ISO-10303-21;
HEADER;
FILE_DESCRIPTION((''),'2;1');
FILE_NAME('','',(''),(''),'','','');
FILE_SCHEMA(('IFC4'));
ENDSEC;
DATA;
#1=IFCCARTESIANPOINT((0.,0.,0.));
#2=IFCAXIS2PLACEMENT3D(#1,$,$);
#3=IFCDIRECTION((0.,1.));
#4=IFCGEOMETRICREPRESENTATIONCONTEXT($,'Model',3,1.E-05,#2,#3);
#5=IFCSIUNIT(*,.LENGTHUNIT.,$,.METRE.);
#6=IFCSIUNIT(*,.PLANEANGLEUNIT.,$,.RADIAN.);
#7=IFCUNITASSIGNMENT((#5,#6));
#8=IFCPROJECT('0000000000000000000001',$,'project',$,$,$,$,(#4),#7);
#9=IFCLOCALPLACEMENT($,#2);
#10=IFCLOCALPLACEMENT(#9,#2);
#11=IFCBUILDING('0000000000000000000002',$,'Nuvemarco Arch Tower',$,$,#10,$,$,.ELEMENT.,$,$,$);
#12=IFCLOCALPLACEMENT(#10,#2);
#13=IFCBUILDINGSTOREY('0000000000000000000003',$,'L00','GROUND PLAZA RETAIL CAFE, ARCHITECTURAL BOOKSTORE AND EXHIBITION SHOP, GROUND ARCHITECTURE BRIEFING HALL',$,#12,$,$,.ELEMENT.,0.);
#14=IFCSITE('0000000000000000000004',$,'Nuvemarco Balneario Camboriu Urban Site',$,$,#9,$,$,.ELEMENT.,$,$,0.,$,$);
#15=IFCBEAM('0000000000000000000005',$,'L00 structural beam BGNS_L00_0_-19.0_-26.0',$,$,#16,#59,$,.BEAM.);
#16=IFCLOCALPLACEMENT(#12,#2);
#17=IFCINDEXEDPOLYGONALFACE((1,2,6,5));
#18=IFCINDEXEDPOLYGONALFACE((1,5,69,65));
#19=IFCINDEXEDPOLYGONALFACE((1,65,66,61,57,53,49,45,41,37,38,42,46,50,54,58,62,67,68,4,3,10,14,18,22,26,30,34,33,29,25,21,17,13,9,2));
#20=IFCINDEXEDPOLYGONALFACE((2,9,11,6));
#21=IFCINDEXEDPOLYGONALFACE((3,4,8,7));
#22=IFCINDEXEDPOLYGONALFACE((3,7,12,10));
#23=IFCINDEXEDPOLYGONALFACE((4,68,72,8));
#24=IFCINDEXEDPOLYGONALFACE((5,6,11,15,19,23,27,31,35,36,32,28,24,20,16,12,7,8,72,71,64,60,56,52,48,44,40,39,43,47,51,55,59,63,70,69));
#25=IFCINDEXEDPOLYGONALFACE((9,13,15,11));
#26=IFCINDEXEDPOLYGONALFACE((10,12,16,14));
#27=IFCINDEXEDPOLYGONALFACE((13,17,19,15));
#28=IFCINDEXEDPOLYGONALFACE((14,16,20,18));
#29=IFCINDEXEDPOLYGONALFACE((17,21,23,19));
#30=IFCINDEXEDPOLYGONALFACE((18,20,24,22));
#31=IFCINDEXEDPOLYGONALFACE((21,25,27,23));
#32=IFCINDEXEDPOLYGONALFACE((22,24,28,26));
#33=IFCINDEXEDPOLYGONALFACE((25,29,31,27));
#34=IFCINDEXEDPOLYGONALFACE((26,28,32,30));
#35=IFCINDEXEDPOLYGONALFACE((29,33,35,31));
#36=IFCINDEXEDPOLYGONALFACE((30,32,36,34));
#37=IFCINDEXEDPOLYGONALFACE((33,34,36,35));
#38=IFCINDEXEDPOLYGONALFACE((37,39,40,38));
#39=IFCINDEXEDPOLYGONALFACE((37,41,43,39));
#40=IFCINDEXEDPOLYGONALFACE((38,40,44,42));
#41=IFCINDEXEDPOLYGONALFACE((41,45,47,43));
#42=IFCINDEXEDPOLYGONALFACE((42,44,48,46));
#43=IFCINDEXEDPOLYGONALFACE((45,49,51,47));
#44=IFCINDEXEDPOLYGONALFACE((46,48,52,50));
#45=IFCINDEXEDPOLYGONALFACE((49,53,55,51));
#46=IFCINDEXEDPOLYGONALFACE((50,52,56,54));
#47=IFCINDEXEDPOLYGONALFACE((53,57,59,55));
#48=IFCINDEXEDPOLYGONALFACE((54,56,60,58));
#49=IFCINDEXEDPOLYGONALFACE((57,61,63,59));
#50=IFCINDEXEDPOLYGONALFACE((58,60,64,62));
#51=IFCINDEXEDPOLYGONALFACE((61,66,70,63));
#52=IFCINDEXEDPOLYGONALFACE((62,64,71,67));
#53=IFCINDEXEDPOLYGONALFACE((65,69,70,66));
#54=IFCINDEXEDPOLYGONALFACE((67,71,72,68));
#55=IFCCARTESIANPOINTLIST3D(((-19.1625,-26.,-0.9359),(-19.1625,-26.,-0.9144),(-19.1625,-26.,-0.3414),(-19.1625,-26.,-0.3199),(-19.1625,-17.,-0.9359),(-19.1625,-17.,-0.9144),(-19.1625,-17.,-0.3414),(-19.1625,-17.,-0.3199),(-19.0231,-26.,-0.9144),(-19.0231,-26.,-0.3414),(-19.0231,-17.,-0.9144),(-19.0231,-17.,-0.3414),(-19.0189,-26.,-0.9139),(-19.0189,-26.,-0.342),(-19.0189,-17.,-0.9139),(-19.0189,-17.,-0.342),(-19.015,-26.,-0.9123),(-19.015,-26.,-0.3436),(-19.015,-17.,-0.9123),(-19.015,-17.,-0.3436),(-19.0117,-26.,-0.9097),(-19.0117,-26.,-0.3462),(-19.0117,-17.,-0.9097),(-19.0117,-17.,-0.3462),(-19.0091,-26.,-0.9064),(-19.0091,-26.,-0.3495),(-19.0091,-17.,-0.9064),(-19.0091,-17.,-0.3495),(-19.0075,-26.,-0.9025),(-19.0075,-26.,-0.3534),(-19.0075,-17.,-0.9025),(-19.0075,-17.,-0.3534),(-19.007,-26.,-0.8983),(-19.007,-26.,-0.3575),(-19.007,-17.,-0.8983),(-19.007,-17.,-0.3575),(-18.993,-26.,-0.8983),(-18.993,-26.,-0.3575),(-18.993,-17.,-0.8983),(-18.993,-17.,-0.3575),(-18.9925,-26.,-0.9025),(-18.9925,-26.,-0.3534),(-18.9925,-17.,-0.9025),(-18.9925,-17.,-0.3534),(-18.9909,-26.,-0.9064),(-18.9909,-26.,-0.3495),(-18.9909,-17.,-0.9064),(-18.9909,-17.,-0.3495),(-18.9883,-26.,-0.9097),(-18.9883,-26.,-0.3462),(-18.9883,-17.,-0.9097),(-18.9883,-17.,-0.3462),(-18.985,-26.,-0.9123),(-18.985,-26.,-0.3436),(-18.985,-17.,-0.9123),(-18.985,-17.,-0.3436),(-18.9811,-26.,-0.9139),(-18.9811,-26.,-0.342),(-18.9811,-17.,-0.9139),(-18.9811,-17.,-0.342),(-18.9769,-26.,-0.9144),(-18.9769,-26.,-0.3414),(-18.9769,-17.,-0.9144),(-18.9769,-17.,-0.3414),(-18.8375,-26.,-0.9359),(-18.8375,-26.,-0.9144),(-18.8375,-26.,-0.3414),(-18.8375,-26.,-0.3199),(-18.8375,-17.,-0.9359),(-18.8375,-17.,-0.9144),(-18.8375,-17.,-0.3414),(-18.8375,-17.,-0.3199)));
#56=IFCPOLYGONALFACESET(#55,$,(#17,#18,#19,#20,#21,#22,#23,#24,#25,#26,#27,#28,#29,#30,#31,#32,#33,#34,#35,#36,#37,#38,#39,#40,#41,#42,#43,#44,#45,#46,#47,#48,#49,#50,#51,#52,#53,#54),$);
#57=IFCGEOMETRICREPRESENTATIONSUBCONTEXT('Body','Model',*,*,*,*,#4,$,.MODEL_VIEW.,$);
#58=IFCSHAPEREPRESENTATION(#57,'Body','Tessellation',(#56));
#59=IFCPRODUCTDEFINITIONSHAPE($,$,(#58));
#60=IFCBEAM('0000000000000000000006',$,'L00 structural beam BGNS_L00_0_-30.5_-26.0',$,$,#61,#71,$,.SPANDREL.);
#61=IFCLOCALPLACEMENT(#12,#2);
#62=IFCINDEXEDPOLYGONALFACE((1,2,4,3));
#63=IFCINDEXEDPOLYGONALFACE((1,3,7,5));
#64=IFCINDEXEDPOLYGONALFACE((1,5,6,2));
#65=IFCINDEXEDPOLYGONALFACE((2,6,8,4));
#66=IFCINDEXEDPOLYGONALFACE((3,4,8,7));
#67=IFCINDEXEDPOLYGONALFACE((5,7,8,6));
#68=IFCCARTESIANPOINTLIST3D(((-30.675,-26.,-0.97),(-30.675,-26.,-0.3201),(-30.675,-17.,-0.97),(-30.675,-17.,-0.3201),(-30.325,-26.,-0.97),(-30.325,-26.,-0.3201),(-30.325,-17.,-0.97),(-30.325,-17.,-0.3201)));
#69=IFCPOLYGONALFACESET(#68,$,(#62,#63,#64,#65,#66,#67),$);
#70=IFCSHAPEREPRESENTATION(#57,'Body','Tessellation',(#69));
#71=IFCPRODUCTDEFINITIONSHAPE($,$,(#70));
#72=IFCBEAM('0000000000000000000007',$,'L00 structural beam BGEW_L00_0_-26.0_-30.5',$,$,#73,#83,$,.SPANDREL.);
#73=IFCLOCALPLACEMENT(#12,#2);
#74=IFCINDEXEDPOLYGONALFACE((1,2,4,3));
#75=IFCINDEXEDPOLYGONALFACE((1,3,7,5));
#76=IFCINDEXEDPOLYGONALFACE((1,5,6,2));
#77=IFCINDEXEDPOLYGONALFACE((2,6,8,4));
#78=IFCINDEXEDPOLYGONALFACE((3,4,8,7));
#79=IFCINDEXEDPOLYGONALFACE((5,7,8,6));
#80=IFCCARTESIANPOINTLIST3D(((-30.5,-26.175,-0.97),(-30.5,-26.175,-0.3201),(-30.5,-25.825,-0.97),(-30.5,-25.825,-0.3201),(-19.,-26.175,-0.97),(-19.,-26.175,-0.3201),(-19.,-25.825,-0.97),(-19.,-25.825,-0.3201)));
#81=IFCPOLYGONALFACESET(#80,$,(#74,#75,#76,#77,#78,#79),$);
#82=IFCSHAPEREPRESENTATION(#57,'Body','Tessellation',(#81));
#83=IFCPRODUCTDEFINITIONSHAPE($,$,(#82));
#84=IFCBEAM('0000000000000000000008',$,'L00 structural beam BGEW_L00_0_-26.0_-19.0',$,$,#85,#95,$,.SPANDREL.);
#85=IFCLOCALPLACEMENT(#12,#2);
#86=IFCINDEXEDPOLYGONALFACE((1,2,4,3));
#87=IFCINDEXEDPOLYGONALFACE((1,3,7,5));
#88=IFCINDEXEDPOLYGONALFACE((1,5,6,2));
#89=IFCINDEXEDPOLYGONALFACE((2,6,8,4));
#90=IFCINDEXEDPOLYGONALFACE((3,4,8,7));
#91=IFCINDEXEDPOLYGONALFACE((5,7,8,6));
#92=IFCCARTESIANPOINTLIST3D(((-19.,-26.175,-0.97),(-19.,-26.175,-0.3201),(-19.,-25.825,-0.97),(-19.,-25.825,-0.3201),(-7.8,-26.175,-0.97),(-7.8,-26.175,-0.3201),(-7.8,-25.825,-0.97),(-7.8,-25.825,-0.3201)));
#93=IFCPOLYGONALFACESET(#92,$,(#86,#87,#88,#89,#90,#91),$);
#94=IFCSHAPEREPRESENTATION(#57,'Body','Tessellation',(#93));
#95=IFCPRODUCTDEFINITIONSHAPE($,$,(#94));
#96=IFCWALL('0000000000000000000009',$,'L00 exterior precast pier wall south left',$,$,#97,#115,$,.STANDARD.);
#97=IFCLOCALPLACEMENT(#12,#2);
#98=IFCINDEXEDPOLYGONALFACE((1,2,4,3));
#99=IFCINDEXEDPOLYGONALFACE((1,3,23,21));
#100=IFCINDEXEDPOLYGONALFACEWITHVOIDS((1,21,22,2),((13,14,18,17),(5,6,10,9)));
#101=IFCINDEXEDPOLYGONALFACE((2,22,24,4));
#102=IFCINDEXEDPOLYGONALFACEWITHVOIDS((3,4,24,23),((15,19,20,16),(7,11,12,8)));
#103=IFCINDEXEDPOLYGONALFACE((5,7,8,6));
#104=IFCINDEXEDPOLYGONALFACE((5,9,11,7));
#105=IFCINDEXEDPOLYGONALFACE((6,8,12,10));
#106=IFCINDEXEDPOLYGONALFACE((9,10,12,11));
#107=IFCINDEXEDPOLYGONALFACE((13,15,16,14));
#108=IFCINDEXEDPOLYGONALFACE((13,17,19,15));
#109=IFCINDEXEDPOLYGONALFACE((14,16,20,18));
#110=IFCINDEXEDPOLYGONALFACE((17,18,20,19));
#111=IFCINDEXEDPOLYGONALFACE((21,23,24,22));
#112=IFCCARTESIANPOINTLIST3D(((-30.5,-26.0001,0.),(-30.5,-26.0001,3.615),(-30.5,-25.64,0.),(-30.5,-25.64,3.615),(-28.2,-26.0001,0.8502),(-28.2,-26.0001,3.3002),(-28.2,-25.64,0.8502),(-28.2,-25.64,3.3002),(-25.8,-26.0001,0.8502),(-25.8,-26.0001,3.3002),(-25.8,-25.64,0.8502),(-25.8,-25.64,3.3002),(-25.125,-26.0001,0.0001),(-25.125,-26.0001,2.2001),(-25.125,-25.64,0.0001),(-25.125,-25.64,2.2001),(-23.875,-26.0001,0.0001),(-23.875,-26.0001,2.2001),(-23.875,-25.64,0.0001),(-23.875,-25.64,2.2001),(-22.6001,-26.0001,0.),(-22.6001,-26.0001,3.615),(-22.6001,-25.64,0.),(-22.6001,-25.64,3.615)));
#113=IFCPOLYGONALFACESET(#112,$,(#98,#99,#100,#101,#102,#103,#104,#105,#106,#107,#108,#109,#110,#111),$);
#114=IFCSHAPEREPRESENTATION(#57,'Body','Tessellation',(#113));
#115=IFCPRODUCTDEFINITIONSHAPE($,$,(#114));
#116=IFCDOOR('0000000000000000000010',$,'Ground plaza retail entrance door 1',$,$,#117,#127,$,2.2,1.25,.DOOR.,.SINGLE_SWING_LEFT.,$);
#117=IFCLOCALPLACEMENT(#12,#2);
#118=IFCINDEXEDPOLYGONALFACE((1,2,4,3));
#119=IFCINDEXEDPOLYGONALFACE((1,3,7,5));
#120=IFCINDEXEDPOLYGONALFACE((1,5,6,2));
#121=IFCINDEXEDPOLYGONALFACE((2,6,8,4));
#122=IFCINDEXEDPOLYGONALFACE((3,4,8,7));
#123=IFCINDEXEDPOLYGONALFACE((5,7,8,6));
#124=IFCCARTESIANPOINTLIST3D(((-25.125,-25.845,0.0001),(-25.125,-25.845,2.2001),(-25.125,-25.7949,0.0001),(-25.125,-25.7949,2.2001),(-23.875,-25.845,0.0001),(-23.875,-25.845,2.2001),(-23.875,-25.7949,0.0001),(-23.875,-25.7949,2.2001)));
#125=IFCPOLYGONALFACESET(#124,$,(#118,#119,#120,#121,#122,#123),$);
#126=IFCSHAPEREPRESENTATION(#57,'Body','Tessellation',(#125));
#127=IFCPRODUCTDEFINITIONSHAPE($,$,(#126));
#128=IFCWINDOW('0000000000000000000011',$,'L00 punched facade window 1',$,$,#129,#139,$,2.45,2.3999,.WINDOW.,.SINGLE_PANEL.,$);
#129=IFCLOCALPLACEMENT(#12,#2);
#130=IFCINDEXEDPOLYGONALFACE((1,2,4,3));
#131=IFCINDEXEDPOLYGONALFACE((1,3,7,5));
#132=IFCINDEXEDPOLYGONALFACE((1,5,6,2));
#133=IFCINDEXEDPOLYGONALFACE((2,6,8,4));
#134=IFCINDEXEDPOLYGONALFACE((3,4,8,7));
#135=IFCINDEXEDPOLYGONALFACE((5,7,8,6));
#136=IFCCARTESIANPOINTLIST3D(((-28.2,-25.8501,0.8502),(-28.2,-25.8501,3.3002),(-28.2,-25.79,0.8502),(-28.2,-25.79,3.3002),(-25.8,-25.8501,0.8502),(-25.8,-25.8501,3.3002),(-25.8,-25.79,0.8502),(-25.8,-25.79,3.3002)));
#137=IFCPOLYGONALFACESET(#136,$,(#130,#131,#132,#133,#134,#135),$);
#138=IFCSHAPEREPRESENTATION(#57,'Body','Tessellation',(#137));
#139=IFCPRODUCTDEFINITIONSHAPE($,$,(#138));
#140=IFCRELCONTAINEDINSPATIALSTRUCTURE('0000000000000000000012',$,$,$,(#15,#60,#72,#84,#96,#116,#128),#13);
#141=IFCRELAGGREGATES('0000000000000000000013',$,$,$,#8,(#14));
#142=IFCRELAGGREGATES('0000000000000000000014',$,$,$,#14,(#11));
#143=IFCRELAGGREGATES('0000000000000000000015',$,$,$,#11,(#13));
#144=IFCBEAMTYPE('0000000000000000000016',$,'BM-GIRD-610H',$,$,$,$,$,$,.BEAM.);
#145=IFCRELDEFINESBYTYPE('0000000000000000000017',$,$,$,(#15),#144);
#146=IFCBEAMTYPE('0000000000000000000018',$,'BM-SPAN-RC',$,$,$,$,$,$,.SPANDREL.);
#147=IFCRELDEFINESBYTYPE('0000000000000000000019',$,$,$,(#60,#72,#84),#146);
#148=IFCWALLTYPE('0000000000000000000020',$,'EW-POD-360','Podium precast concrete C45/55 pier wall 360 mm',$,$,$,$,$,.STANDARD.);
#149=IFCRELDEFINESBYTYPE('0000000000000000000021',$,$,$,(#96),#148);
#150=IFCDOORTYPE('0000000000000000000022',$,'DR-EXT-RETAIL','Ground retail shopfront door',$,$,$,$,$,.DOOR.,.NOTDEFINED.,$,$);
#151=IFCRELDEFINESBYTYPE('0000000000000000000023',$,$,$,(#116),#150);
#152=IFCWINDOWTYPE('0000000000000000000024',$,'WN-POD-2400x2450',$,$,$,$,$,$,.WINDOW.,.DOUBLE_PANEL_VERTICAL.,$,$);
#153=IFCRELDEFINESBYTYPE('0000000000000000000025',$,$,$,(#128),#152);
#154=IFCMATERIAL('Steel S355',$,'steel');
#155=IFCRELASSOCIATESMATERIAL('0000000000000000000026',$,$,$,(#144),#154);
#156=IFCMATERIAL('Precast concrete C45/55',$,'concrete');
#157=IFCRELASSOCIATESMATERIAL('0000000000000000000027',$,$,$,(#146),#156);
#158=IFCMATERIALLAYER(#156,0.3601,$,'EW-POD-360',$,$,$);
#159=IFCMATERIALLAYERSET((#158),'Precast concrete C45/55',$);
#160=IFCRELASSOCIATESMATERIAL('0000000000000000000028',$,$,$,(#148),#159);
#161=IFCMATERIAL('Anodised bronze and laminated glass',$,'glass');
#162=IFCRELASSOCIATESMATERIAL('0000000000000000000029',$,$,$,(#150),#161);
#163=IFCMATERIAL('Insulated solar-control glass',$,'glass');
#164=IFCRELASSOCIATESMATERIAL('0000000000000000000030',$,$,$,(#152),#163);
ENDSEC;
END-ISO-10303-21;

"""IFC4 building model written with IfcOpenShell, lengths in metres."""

from ifc_helpers import new_model, si_unit, direction, frame, frame_2d, origin, origin_2d, place, context, subcontext, project, spatial, rectangle, i_section, extrude, source, transform, mapped, material, layer, layer_set, material_profile, profile_set, type_object, type_shapes, element, fill, save


model = new_model("IFC4")

# Units and contexts
model_context = context("Model", 3, precision=1e-05, world=origin(), true_north=direction((0.0, 1.0)))
body_context = subcontext(model_context, "Body", "Model", "MODEL_VIEW")
ifc_project = project(units=[si_unit("LENGTHUNIT", "METRE"), si_unit("PLANEANGLEUNIT", "RADIAN")], contexts=[model_context])

# Site, building, storey
site_placement = place(None, origin())
site = spatial("IfcSite", under=ifc_project, at=site_placement, Name="Nuvemarco Balneario Camboriu Urban Site", CompositionType="ELEMENT", RefElevation=0.0)
building_placement = place(site_placement, origin())
building = spatial("IfcBuilding", under=site, at=building_placement, Name="Nuvemarco Arch Tower", CompositionType="ELEMENT")
storey_placement = place(building_placement, origin())
storey = spatial("IfcBuildingStorey", under=building, at=storey_placement, Name="L00", Description="GROUND PLAZA RETAIL CAFE, ARCHITECTURAL BOOKSTORE AND EXHIBITION SHOP, GROUND ARCHITECTURE BRIEFING HALL", CompositionType="ELEMENT", Elevation=0.0)

# Beams
ifc_material_1 = material(Name="Steel S355", Category="steel")
ifc_material_profile_1 = material_profile(ifc_material_1, i_section(OverallWidth=0.325, OverallDepth=0.616, WebThickness=0.0139, FlangeThickness=0.0215, FilletRadius=0.0161, at=origin_2d()), Name="W610x174")
ifc_profile_set_1 = profile_set([ifc_material_profile_1], Name="Steel S355")
beam_type_1 = type_object("IfcBeamType", Name="BM-GIRD-610H", PredefinedType="BEAM", material=ifc_profile_set_1)
beam_1_placement = place(storey_placement, frame((-19.0, -26.0, -0.6279), z_axis=(0.0, 1.0, 0.0), x_axis=(-1.0, 0.0, 0.0)))
element("IfcBeam", 1, at=beam_1_placement, inside=storey, type_object=beam_type_1, Name="L00 structural beam BGNS_L00_0_-19.0_-26.0", PredefinedType="BEAM", context=body_context, shape_type="SweptSolid", body=[
    extrude(i_section(OverallWidth=0.325, OverallDepth=0.616, WebThickness=0.0139, FlangeThickness=0.0215, FilletRadius=0.0161, at=origin_2d()), origin(), (0.0, 0.0, 1.0), 9.0),
])
ifc_material_2 = material(Name="Precast concrete C45/55", Category="concrete")
ifc_material_profile_2 = material_profile(ifc_material_2, rectangle(XDim=0.3501, YDim=0.6499, at=origin_2d()), Name="PC-SP-350x650")
ifc_profile_set_2 = profile_set([ifc_material_profile_2], Name="Precast concrete C45/55")
beam_type_2 = type_object("IfcBeamType", Name="BM-SPAN-RC", PredefinedType="SPANDREL", material=ifc_profile_set_2)
beam_2_placement = place(storey_placement, frame((-30.5, -26.0, -0.645), z_axis=(0.0, 1.0, 0.0), x_axis=(-1.0, 0.0, 0.0)))
element("IfcBeam", 2, at=beam_2_placement, inside=storey, type_object=beam_type_2, Name="L00 structural beam BGNS_L00_0_-30.5_-26.0", PredefinedType="SPANDREL", context=body_context, shape_type="SweptSolid", body=[
    extrude(rectangle(XDim=0.3501, YDim=0.6499, at=origin_2d()), origin(), (0.0, 0.0, 1.0), 9.0),
])
beam_3_placement = place(storey_placement, frame((-30.5, -26.0, -0.645), z_axis=(1.0, 0.0, 0.0), x_axis=(0.0, 1.0, 0.0)))
element("IfcBeam", 3, at=beam_3_placement, inside=storey, type_object=beam_type_2, Name="L00 structural beam BGEW_L00_0_-26.0_-30.5", PredefinedType="SPANDREL", context=body_context, shape_type="SweptSolid", body=[
    extrude(rectangle(XDim=0.3501, YDim=0.6499, at=origin_2d()), origin(), (0.0, 0.0, 1.0), 11.5),
])
beam_4_placement = place(storey_placement, frame((-19.0, -26.0, -0.645), z_axis=(1.0, 0.0, 0.0), x_axis=(0.0, 1.0, 0.0)))
element("IfcBeam", 4, at=beam_4_placement, inside=storey, type_object=beam_type_2, Name="L00 structural beam BGEW_L00_0_-26.0_-19.0", PredefinedType="SPANDREL", context=body_context, shape_type="SweptSolid", body=[
    extrude(rectangle(XDim=0.3501, YDim=0.6499, at=origin_2d()), origin(), (0.0, 0.0, 1.0), 11.2),
])

# Shared definitions
ifc_material_3 = material(Name="Insulated solar-control glass", Category="glass")

# Wall, openings, door, window
ifc_layer_1 = layer(ifc_material_2, 0.3601, Name="EW-POD-360")
ifc_layer_set_1 = layer_set([ifc_layer_1], Name="Precast concrete C45/55")
wall_type = type_object("IfcWallType", Name="EW-POD-360", Description="Podium precast concrete C45/55 pier wall 360 mm", PredefinedType="STANDARD", material=ifc_layer_set_1)
wall_placement = place(storey_placement, frame((-30.5, -25.8201, 0.0), z_axis=(0.0, 0.0, 1.0), x_axis=(1.0, 0.0, 0.0)))
wall = element("IfcWall", 5, at=wall_placement, inside=storey, type_object=wall_type, Name="L00 exterior precast pier wall south left", PredefinedType="STANDARD", context=body_context, shape_type="SweptSolid", body=[
    extrude(rectangle(XDim=7.8999, YDim=0.3601, at=frame_2d((3.95, 0.0))), origin(), (0.0, 0.0, 1.0), 3.615),
])
opening_1_placement = place(wall_placement, frame((6.625, 0.0, 0.0), z_axis=(0.0, 0.0, 1.0), x_axis=(-1.0, 0.0, 0.0)))
opening_1 = element("IfcOpeningElement", 6, at=opening_1_placement, cuts=wall, PredefinedType="OPENING", context=body_context, shape_type="SweptSolid", body=[
    extrude(rectangle(XDim=1.25, YDim=2.2, at=frame_2d((0.625, 1.1001))), frame((0.0, 0.1899, 0.0), z_axis=(0.0, -1.0, 0.0), x_axis=(1.0, 0.0, 0.0)), (0.0, 0.0, 1.0), 0.3801),
])
opening_2_placement = place(wall_placement, frame((2.3, 0.0, 0.8501)))
opening_2 = element("IfcOpeningElement", 7, at=opening_2_placement, cuts=wall, PredefinedType="OPENING", context=body_context, shape_type="SweptSolid", body=[
    extrude(rectangle(XDim=2.3999, YDim=2.45, at=frame_2d((1.2, 1.2251))), frame((0.0, 0.1899, 0.0), z_axis=(0.0, -1.0, 0.0), x_axis=(1.0, 0.0, 0.0)), (0.0, 0.0, 1.0), 0.3801),
])
ifc_material_4 = material(Name="Anodised bronze and laminated glass", Category="glass")
door_type = type_object("IfcDoorType", Name="DR-EXT-RETAIL", Description="Ground retail shopfront door", OperationType="NOTDEFINED", PredefinedType="DOOR", material=ifc_material_4)
shared_shape_1 = source(origin(), body_context, "Body", "SweptSolid", [
    extrude(rectangle(XDim=1.25, YDim=2.2, at=frame_2d((0.625, 1.1001))), frame((0.0, 0.0249, 0.0), z_axis=(0.0, -1.0, 0.0), x_axis=(1.0, 0.0, 0.0)), (0.0, 0.0, 1.0), 0.05),
])
type_shapes(door_type, [shared_shape_1])
door_placement = place(opening_1_placement, origin())
door = element("IfcDoor", 8, at=door_placement, inside=storey, type_object=door_type, Name="Ground plaza retail entrance door 1", OperationType="SINGLE_SWING_LEFT", OverallHeight=2.2, OverallWidth=1.25, PredefinedType="DOOR", context=body_context, shape_type="MappedRepresentation", body=[
    mapped(shared_shape_1, transform((0.0, 0.0, 0.0), scale=1.0)),
])
fill(opening_1, door)
window_type = type_object("IfcWindowType", Name="WN-POD-2400x2450", PartitioningType="DOUBLE_PANEL_VERTICAL", PredefinedType="WINDOW", material=ifc_material_3)
shared_shape_2 = source(origin(), body_context, "Body", "SweptSolid", [
    extrude(rectangle(XDim=2.3999, YDim=2.45, at=frame_2d((1.2, 1.2251))), frame((0.0, 0.03, 0.0), z_axis=(0.0, -1.0, 0.0), x_axis=(1.0, 0.0, 0.0)), (0.0, 0.0, 1.0), 0.0601),
])
type_shapes(window_type, [shared_shape_2])
window_placement = place(opening_2_placement, origin())
window = element("IfcWindow", 9, at=window_placement, inside=storey, type_object=window_type, Name="L00 punched facade window 1", OverallHeight=2.45, OverallWidth=2.3999, PartitioningType="SINGLE_PANEL", PredefinedType="WINDOW", context=body_context, shape_type="MappedRepresentation", body=[
    mapped(shared_shape_2, transform((0.0, 0.0, 0.0), scale=1.0)),
])
fill(opening_2, window)

save(model, "model.ifc")
